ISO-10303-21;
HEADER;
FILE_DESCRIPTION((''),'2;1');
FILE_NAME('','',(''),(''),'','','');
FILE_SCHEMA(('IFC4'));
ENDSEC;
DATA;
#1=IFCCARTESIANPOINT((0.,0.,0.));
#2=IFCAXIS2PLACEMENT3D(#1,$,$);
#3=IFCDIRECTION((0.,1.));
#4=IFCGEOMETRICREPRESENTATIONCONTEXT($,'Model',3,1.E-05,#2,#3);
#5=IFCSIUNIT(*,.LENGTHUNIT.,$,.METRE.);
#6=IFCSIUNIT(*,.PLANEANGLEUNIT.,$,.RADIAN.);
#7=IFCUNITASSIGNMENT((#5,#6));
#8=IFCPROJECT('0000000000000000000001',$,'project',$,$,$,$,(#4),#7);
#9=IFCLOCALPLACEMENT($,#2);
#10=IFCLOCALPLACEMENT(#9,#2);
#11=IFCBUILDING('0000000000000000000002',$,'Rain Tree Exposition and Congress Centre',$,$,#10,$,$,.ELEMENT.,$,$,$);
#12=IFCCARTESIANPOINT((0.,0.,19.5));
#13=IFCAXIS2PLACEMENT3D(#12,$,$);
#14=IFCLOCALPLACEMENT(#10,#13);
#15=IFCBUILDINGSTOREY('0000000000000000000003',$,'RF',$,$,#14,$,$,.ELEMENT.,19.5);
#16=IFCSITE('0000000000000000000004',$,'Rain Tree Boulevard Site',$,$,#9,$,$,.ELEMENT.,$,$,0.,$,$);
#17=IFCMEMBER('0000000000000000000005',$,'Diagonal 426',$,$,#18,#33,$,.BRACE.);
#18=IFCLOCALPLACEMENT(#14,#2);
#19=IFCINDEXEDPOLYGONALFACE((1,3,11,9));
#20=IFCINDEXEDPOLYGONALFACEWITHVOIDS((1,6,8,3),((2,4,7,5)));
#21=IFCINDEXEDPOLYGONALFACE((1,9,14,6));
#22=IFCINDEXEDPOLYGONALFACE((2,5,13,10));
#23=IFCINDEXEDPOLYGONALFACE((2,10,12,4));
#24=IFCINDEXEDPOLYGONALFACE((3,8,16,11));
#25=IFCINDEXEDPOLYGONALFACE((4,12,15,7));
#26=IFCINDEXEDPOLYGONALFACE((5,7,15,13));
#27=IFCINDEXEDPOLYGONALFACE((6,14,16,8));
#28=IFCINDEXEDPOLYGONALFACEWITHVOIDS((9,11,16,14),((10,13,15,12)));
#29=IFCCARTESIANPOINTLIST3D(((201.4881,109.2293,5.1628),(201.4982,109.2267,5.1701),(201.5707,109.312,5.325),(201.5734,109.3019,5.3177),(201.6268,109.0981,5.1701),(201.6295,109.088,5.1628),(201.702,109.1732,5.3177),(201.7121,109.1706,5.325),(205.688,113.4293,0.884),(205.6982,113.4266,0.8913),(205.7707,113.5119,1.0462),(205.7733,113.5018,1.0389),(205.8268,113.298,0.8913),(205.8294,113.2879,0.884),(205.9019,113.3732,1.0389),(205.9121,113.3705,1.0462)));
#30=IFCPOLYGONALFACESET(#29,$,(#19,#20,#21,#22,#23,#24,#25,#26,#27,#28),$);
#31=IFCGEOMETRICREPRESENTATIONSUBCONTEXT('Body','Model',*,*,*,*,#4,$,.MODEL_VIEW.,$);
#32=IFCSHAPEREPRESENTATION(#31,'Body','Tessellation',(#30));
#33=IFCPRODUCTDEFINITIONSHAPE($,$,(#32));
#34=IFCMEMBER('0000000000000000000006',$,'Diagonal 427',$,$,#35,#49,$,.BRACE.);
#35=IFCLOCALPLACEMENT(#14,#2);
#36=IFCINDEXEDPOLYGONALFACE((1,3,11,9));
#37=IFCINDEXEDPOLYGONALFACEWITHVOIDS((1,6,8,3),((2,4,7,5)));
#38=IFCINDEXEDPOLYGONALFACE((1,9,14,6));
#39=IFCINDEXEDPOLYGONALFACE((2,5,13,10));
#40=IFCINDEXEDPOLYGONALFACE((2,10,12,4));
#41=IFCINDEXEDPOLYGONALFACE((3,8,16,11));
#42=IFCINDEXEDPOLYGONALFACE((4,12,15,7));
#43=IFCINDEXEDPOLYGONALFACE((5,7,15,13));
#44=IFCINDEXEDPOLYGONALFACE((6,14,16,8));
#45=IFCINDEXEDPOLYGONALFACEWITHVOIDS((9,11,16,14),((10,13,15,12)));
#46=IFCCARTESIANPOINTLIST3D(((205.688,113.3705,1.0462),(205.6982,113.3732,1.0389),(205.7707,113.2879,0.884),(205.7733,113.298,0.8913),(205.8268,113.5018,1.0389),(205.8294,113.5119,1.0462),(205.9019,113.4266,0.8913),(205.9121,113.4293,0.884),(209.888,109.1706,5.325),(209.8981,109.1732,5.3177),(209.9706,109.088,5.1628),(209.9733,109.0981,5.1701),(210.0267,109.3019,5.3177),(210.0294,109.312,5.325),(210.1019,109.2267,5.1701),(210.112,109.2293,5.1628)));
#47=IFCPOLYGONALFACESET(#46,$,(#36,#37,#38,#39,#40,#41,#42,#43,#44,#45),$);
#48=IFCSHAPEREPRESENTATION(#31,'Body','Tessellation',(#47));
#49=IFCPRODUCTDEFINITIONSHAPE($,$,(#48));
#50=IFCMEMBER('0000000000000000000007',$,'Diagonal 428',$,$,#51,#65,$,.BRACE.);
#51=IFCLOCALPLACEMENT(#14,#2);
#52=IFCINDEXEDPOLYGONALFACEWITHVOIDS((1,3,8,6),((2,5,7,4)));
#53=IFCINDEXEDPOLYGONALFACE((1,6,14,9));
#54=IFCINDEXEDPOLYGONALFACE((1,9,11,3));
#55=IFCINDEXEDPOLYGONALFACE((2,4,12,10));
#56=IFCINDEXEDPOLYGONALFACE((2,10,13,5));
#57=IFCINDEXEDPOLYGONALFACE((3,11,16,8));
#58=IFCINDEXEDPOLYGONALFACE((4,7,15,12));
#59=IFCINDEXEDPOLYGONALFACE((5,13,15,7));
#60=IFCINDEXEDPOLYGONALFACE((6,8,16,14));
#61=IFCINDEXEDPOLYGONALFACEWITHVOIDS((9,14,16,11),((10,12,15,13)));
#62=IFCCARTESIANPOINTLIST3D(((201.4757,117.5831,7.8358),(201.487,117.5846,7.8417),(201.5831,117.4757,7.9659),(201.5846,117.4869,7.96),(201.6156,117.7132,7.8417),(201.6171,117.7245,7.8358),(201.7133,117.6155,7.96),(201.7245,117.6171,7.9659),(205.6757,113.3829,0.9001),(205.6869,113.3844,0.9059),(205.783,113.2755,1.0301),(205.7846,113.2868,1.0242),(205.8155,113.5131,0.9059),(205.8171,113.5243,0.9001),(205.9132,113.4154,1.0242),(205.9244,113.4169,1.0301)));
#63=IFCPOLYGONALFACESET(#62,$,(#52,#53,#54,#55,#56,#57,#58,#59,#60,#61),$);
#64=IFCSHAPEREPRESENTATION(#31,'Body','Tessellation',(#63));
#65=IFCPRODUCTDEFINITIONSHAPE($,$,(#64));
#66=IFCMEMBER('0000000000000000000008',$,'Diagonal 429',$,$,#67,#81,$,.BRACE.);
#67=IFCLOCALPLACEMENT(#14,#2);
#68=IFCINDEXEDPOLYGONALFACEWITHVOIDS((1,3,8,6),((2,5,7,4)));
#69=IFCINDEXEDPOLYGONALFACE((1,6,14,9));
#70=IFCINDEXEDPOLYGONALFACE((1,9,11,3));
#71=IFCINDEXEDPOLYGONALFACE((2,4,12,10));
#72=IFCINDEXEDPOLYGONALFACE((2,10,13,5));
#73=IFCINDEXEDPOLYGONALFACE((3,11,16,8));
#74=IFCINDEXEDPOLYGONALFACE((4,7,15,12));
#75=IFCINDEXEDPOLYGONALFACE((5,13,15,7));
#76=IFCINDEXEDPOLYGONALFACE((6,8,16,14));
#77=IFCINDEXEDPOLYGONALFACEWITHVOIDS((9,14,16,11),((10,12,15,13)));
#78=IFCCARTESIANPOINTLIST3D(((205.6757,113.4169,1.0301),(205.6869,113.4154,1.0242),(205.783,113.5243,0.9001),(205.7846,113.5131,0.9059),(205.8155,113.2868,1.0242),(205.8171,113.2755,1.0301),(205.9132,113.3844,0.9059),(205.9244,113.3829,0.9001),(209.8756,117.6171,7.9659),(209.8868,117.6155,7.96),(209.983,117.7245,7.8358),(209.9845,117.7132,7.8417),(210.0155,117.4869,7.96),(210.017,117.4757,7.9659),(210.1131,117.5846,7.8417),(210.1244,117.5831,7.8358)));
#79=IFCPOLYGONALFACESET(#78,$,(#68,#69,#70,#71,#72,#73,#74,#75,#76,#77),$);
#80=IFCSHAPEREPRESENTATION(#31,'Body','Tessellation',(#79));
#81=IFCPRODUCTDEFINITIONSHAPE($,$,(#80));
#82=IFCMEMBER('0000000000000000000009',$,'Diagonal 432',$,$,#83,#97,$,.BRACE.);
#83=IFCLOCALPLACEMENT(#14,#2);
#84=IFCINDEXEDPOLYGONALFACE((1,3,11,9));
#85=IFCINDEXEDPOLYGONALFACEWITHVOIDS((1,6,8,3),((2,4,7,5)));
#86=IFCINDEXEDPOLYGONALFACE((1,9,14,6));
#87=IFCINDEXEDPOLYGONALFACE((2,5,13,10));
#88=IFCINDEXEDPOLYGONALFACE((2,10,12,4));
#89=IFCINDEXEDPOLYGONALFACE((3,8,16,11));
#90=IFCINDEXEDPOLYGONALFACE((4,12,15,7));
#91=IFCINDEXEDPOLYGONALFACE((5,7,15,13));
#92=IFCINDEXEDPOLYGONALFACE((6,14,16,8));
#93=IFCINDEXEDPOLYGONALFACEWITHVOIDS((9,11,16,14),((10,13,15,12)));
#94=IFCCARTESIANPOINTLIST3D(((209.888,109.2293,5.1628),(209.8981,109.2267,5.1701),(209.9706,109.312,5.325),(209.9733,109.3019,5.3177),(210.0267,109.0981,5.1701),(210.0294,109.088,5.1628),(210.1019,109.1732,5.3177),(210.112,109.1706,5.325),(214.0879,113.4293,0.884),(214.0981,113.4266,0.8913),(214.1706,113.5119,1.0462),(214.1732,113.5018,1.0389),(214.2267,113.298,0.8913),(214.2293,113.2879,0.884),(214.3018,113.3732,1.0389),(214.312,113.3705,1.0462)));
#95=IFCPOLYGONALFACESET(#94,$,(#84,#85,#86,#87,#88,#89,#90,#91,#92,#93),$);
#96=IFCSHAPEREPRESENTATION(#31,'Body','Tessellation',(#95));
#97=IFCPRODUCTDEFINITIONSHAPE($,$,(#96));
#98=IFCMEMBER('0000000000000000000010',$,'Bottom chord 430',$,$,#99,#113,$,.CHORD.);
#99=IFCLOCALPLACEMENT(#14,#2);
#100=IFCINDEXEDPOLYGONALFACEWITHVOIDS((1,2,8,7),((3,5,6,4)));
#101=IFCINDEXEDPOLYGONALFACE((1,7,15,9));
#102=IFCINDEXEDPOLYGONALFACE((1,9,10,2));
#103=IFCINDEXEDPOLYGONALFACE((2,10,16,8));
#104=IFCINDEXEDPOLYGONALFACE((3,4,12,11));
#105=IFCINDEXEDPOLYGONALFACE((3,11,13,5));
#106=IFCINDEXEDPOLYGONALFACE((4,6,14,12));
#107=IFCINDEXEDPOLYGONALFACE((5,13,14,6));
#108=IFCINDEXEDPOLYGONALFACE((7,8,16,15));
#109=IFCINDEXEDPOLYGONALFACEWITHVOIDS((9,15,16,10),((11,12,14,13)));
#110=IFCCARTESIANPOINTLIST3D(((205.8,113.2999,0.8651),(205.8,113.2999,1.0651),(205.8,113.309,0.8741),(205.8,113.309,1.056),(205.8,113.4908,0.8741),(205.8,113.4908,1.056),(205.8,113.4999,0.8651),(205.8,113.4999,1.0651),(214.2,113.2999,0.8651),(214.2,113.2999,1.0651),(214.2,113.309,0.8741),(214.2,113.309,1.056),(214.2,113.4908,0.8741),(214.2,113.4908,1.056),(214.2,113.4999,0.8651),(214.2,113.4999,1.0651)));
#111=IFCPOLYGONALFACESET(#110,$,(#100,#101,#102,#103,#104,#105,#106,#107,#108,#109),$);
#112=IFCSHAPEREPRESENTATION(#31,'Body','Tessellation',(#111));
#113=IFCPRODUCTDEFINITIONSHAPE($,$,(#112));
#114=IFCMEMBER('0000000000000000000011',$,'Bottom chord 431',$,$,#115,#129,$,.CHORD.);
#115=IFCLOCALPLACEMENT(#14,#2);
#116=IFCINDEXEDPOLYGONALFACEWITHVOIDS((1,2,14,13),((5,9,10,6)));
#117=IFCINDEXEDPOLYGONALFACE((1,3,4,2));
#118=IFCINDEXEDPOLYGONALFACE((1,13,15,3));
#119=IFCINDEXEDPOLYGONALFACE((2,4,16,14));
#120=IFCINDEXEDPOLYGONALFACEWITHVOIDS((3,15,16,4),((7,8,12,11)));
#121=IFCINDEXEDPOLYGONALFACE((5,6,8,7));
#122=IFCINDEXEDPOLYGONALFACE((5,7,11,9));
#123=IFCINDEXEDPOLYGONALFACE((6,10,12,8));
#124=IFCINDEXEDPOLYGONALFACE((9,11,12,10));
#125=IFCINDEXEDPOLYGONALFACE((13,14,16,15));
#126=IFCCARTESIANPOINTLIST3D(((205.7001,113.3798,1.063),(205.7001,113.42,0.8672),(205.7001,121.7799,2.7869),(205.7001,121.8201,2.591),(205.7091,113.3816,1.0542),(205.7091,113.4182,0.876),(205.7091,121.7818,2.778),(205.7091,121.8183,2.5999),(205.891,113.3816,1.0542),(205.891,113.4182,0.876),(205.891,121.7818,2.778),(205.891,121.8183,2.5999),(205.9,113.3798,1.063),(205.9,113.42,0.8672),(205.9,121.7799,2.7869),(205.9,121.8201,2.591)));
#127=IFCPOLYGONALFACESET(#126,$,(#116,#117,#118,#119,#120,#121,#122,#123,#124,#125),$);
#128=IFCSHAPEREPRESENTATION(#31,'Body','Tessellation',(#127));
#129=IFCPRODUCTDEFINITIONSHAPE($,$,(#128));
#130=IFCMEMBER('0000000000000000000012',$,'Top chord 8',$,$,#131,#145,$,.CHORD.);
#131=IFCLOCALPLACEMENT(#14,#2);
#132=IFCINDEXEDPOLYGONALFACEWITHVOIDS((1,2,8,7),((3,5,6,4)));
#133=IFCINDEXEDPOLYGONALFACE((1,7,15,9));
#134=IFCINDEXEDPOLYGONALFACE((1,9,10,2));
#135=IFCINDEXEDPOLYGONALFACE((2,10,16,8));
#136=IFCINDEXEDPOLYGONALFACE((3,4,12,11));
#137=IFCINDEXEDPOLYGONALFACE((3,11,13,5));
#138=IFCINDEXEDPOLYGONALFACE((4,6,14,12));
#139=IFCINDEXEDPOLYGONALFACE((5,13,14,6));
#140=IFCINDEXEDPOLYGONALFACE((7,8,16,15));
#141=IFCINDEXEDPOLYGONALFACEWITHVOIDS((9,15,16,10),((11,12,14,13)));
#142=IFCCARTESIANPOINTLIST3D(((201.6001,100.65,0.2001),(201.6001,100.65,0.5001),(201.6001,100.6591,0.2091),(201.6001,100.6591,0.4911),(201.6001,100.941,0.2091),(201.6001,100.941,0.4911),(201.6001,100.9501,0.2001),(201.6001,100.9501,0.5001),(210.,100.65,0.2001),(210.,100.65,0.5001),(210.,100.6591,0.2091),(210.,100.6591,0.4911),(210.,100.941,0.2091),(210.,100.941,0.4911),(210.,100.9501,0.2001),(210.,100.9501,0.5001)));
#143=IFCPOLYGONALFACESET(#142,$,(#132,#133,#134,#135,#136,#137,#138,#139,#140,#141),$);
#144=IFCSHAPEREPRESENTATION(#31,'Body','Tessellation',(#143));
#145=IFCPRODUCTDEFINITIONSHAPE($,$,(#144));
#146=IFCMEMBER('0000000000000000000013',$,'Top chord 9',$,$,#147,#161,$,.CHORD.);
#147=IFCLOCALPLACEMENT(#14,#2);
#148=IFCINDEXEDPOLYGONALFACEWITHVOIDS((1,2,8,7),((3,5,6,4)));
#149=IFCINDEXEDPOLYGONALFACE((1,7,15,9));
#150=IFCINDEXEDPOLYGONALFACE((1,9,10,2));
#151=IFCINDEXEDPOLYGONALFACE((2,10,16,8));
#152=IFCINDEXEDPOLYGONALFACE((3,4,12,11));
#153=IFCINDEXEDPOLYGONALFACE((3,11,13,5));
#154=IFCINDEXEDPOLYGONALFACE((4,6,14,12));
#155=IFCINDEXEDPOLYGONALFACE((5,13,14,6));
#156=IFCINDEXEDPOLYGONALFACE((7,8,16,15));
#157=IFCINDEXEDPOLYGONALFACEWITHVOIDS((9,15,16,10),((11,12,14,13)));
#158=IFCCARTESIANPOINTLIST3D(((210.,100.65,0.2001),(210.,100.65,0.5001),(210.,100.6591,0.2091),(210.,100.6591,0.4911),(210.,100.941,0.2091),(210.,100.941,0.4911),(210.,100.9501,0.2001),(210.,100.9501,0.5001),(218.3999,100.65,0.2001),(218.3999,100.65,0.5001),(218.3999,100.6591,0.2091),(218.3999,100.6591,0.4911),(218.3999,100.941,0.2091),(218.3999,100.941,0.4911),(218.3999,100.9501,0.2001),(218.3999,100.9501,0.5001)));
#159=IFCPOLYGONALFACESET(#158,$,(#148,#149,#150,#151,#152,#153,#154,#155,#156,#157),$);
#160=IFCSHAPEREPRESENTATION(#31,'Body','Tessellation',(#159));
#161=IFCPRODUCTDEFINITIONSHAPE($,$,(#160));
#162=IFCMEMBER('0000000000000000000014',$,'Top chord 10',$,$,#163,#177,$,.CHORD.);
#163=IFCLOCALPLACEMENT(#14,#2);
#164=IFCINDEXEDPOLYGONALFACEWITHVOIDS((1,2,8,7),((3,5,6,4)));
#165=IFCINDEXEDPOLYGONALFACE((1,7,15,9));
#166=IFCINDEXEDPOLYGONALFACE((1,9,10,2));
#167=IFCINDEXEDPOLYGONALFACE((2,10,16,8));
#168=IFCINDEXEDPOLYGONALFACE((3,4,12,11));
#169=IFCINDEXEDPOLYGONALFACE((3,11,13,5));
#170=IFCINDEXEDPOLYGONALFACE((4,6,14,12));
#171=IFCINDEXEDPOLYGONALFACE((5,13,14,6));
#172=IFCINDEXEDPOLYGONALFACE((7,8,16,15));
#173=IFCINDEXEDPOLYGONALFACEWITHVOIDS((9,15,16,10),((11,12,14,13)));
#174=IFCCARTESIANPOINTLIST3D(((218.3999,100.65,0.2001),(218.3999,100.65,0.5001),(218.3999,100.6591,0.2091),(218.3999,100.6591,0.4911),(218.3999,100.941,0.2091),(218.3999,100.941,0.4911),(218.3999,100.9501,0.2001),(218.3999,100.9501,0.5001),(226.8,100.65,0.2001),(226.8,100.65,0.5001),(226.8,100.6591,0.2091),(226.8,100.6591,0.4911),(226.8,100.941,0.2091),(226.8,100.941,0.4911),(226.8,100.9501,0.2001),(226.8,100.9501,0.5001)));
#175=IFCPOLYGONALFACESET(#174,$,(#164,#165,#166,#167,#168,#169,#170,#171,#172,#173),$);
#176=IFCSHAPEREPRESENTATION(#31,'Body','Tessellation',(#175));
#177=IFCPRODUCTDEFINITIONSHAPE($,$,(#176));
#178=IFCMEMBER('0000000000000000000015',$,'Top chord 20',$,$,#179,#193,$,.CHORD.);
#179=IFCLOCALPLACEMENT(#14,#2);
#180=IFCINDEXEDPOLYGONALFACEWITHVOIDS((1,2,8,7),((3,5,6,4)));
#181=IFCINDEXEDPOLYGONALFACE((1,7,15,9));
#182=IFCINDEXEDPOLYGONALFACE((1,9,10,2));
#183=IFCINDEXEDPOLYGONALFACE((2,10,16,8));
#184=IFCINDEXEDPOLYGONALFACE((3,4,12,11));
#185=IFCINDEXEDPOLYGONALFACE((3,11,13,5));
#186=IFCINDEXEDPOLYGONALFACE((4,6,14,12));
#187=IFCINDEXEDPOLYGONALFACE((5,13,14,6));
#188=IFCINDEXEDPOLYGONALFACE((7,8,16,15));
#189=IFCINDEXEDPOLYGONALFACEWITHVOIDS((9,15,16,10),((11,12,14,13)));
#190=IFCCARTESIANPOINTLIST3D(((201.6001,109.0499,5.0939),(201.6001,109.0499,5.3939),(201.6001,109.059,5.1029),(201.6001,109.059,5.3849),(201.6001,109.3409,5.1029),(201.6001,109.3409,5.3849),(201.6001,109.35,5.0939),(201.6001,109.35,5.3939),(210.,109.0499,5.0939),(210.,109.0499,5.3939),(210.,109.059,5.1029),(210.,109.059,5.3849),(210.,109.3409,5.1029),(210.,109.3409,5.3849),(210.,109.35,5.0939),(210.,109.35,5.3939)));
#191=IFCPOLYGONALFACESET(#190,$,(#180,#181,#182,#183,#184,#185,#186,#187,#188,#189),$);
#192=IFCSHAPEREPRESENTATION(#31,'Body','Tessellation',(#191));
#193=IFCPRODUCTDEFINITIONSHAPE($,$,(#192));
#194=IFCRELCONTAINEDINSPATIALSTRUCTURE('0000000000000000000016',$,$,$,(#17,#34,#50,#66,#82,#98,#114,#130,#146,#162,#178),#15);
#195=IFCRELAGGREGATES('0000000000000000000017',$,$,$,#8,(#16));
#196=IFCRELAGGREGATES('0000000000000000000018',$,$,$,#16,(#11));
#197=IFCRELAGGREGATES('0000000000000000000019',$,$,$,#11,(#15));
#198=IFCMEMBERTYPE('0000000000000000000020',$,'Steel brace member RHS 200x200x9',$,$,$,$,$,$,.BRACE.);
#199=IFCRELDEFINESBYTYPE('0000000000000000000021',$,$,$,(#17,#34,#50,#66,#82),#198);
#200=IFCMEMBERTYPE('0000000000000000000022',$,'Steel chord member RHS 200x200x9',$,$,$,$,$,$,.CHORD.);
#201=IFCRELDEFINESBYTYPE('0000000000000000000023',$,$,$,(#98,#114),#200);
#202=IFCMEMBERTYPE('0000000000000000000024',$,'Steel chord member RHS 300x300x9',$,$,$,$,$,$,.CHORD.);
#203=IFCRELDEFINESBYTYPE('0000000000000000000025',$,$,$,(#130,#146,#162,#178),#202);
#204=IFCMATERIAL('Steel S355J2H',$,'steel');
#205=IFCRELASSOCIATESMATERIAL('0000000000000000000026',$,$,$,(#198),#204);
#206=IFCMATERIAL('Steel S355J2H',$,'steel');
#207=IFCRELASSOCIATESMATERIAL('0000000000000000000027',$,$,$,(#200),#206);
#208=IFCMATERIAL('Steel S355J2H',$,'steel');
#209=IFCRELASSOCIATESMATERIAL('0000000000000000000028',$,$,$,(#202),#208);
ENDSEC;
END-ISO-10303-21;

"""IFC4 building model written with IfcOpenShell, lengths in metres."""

from ifc_helpers import new_model, si_unit, direction, frame, origin, origin_2d, place, context, subcontext, project, spatial, hollow_rectangle, extrude, material, material_profile, profile_set, type_object, element, save


model = new_model("IFC4")

# Units and contexts
model_context = context("Model", 3, precision=1e-05, world=origin(), true_north=direction((0.0, 1.0)))
body_context = subcontext(model_context, "Body", "Model", "MODEL_VIEW")
ifc_project = project(units=[si_unit("LENGTHUNIT", "METRE"), si_unit("PLANEANGLEUNIT", "RADIAN")], contexts=[model_context])

# Site, building, storey
site_placement = place(None, origin())
site = spatial("IfcSite", under=ifc_project, at=site_placement, Name="Rain Tree Boulevard Site", CompositionType="ELEMENT", RefElevation=0.0)
building_placement = place(site_placement, origin())
building = spatial("IfcBuilding", under=site, at=building_placement, Name="Rain Tree Exposition and Congress Centre", CompositionType="ELEMENT")
storey_placement = place(building_placement, frame((0.0, 0.0, 19.5)))
storey = spatial("IfcBuildingStorey", under=building, at=storey_placement, Name="RF", CompositionType="ELEMENT", Elevation=19.5)

# Members
ifc_material_1 = material(Name="Steel S355J2H", Category="steel")
ifc_material_profile_1 = material_profile(ifc_material_1, hollow_rectangle(XDim=0.2, YDim=0.2, WallThickness=0.009, at=origin_2d()), Name="RHS 200x200x9")
ifc_profile_set_1 = profile_set([ifc_material_profile_1], Name="Steel S355J2H")
member_type_1 = type_object("IfcMemberType", Name="Steel brace member RHS 200x200x9", PredefinedType="BRACE", material=ifc_profile_set_1)
for number, where, z_axis, x_axis, name in (
    (1, (205.8, 113.3999, 0.9651), (-0.573737, -0.573737, 0.58451), (0.707107, -0.707107, 0.0), "Diagonal 426"),
    (2, (205.8, 113.3999, 0.9651), (0.573737, -0.573737, 0.58451), (0.707107, 0.707107, 0.0), "Diagonal 427"),
):
    element("IfcMember", number, at=place(storey_placement, frame(where, z_axis=z_axis, x_axis=x_axis)), inside=storey, type_object=member_type_1, Name=name, PredefinedType="BRACE", context=body_context, shape_type="SweptSolid", body=[
        extrude(hollow_rectangle(XDim=0.2, YDim=0.2, WallThickness=0.009, at=origin_2d()), origin(), (0.0, 0.0, 1.0), 7.3203),
    ])
for number, where, z_axis, x_axis, name in (
    (3, (205.8, 113.3999, 0.9651), (-0.459935, 0.459962, 0.759536), (-0.707127, -0.707086, 0.0), "Diagonal 428"),
    (4, (205.8, 113.3999, 0.9651), (0.459935, 0.459962, 0.759536), (-0.707127, 0.707086, 0.0), "Diagonal 429"),
):
    element("IfcMember", number, at=place(storey_placement, frame(where, z_axis=z_axis, x_axis=x_axis)), inside=storey, type_object=member_type_1, Name=name, PredefinedType="BRACE", context=body_context, shape_type="SweptSolid", body=[
        extrude(hollow_rectangle(XDim=0.2, YDim=0.2, WallThickness=0.009, at=origin_2d()), origin(), (0.0, 0.0, 1.0), 9.1316),
    ])
member_1_placement = place(storey_placement, frame((214.2, 113.3999, 0.9651), z_axis=(-0.573737, -0.573737, 0.58451), x_axis=(0.707107, -0.707107, 0.0)))
element("IfcMember", 5, at=member_1_placement, inside=storey, type_object=member_type_1, Name="Diagonal 432", PredefinedType="BRACE", context=body_context, shape_type="SweptSolid", body=[
    extrude(hollow_rectangle(XDim=0.2, YDim=0.2, WallThickness=0.009, at=origin_2d()), origin(), (0.0, 0.0, 1.0), 7.3203),
])
ifc_material_2 = material(Name="Steel S355J2H", Category="steel")
ifc_material_profile_2 = material_profile(ifc_material_2, hollow_rectangle(XDim=0.2, YDim=0.2, WallThickness=0.009, at=origin_2d()), Name="RHS 200x200x9")
ifc_profile_set_2 = profile_set([ifc_material_profile_2], Name="Steel S355J2H")
member_type_2 = type_object("IfcMemberType", Name="Steel chord member RHS 200x200x9", PredefinedType="CHORD", material=ifc_profile_set_2)
member_2_placement = place(storey_placement, frame((205.8, 113.3999, 0.9651), z_axis=(1.0, 0.0, 0.0), x_axis=(0.0, 1.0, 0.0)))
element("IfcMember", 6, at=member_2_placement, inside=storey, type_object=member_type_2, Name="Bottom chord 430", PredefinedType="CHORD", context=body_context, shape_type="SweptSolid", body=[
    extrude(hollow_rectangle(XDim=0.2, YDim=0.2, WallThickness=0.009, at=origin_2d()), origin(), (0.0, 0.0, 1.0), 8.3999),
])
member_3_placement = place(storey_placement, frame((205.8, 113.3999, 0.9651), z_axis=(0.0, 0.979585, 0.20103), x_axis=(-1.0, 0.0, 0.0)))
element("IfcMember", 7, at=member_3_placement, inside=storey, type_object=member_type_2, Name="Bottom chord 431", PredefinedType="CHORD", context=body_context, shape_type="SweptSolid", body=[
    extrude(hollow_rectangle(XDim=0.2, YDim=0.2, WallThickness=0.009, at=origin_2d()), origin(), (0.0, 0.0, 1.0), 8.5752),
])
ifc_material_3 = material(Name="Steel S355J2H", Category="steel")
ifc_material_profile_3 = material_profile(ifc_material_3, hollow_rectangle(XDim=0.3, YDim=0.3, WallThickness=0.009, at=origin_2d()), Name="RHS 300x300x9")
ifc_profile_set_3 = profile_set([ifc_material_profile_3], Name="Steel S355J2H")
member_type_3 = type_object("IfcMemberType", Name="Steel chord member RHS 300x300x9", PredefinedType="CHORD", material=ifc_profile_set_3)
for number, where, z_axis, x_axis, name in (
    (8, (201.6001, 100.8, 0.3501), (1.0, 0.0, 0.0), (0.0, 1.0, 0.0), "Top chord 8"),
    (9, (210.0, 100.8, 0.3501), (1.0, 0.0, 0.0), (0.0, 1.0, 0.0), "Top chord 9"),
):
    element("IfcMember", number, at=place(storey_placement, frame(where, z_axis=z_axis, x_axis=x_axis)), inside=storey, type_object=member_type_3, Name=name, PredefinedType="CHORD", context=body_context, shape_type="SweptSolid", body=[
        extrude(hollow_rectangle(XDim=0.3, YDim=0.3, WallThickness=0.009, at=origin_2d()), origin(), (0.0, 0.0, 1.0), 8.3999),
    ])
member_4_placement = place(storey_placement, frame((218.3999, 100.8, 0.3501), z_axis=(1.0, 0.0, 0.0), x_axis=(0.0, 1.0, 0.0)))
element("IfcMember", 10, at=member_4_placement, inside=storey, type_object=member_type_3, Name="Top chord 10", PredefinedType="CHORD", context=body_context, shape_type="SweptSolid", body=[
    extrude(hollow_rectangle(XDim=0.3, YDim=0.3, WallThickness=0.009, at=origin_2d()), origin(), (0.0, 0.0, 1.0), 8.4001),
])
for number, where, z_axis, x_axis, name in (
    (11, (201.6001, 109.2, 5.2439), (1.0, 0.0, 0.0), (0.0, 1.0, 0.0), "Top chord 20"),
):
    element("IfcMember", number, at=place(storey_placement, frame(where, z_axis=z_axis, x_axis=x_axis)), inside=storey, type_object=member_type_3, Name=name, PredefinedType="CHORD", context=body_context, shape_type="SweptSolid", body=[
        extrude(hollow_rectangle(XDim=0.3, YDim=0.3, WallThickness=0.009, at=origin_2d()), origin(), (0.0, 0.0, 1.0), 8.3999),
    ])

save(model, "model.ifc")
